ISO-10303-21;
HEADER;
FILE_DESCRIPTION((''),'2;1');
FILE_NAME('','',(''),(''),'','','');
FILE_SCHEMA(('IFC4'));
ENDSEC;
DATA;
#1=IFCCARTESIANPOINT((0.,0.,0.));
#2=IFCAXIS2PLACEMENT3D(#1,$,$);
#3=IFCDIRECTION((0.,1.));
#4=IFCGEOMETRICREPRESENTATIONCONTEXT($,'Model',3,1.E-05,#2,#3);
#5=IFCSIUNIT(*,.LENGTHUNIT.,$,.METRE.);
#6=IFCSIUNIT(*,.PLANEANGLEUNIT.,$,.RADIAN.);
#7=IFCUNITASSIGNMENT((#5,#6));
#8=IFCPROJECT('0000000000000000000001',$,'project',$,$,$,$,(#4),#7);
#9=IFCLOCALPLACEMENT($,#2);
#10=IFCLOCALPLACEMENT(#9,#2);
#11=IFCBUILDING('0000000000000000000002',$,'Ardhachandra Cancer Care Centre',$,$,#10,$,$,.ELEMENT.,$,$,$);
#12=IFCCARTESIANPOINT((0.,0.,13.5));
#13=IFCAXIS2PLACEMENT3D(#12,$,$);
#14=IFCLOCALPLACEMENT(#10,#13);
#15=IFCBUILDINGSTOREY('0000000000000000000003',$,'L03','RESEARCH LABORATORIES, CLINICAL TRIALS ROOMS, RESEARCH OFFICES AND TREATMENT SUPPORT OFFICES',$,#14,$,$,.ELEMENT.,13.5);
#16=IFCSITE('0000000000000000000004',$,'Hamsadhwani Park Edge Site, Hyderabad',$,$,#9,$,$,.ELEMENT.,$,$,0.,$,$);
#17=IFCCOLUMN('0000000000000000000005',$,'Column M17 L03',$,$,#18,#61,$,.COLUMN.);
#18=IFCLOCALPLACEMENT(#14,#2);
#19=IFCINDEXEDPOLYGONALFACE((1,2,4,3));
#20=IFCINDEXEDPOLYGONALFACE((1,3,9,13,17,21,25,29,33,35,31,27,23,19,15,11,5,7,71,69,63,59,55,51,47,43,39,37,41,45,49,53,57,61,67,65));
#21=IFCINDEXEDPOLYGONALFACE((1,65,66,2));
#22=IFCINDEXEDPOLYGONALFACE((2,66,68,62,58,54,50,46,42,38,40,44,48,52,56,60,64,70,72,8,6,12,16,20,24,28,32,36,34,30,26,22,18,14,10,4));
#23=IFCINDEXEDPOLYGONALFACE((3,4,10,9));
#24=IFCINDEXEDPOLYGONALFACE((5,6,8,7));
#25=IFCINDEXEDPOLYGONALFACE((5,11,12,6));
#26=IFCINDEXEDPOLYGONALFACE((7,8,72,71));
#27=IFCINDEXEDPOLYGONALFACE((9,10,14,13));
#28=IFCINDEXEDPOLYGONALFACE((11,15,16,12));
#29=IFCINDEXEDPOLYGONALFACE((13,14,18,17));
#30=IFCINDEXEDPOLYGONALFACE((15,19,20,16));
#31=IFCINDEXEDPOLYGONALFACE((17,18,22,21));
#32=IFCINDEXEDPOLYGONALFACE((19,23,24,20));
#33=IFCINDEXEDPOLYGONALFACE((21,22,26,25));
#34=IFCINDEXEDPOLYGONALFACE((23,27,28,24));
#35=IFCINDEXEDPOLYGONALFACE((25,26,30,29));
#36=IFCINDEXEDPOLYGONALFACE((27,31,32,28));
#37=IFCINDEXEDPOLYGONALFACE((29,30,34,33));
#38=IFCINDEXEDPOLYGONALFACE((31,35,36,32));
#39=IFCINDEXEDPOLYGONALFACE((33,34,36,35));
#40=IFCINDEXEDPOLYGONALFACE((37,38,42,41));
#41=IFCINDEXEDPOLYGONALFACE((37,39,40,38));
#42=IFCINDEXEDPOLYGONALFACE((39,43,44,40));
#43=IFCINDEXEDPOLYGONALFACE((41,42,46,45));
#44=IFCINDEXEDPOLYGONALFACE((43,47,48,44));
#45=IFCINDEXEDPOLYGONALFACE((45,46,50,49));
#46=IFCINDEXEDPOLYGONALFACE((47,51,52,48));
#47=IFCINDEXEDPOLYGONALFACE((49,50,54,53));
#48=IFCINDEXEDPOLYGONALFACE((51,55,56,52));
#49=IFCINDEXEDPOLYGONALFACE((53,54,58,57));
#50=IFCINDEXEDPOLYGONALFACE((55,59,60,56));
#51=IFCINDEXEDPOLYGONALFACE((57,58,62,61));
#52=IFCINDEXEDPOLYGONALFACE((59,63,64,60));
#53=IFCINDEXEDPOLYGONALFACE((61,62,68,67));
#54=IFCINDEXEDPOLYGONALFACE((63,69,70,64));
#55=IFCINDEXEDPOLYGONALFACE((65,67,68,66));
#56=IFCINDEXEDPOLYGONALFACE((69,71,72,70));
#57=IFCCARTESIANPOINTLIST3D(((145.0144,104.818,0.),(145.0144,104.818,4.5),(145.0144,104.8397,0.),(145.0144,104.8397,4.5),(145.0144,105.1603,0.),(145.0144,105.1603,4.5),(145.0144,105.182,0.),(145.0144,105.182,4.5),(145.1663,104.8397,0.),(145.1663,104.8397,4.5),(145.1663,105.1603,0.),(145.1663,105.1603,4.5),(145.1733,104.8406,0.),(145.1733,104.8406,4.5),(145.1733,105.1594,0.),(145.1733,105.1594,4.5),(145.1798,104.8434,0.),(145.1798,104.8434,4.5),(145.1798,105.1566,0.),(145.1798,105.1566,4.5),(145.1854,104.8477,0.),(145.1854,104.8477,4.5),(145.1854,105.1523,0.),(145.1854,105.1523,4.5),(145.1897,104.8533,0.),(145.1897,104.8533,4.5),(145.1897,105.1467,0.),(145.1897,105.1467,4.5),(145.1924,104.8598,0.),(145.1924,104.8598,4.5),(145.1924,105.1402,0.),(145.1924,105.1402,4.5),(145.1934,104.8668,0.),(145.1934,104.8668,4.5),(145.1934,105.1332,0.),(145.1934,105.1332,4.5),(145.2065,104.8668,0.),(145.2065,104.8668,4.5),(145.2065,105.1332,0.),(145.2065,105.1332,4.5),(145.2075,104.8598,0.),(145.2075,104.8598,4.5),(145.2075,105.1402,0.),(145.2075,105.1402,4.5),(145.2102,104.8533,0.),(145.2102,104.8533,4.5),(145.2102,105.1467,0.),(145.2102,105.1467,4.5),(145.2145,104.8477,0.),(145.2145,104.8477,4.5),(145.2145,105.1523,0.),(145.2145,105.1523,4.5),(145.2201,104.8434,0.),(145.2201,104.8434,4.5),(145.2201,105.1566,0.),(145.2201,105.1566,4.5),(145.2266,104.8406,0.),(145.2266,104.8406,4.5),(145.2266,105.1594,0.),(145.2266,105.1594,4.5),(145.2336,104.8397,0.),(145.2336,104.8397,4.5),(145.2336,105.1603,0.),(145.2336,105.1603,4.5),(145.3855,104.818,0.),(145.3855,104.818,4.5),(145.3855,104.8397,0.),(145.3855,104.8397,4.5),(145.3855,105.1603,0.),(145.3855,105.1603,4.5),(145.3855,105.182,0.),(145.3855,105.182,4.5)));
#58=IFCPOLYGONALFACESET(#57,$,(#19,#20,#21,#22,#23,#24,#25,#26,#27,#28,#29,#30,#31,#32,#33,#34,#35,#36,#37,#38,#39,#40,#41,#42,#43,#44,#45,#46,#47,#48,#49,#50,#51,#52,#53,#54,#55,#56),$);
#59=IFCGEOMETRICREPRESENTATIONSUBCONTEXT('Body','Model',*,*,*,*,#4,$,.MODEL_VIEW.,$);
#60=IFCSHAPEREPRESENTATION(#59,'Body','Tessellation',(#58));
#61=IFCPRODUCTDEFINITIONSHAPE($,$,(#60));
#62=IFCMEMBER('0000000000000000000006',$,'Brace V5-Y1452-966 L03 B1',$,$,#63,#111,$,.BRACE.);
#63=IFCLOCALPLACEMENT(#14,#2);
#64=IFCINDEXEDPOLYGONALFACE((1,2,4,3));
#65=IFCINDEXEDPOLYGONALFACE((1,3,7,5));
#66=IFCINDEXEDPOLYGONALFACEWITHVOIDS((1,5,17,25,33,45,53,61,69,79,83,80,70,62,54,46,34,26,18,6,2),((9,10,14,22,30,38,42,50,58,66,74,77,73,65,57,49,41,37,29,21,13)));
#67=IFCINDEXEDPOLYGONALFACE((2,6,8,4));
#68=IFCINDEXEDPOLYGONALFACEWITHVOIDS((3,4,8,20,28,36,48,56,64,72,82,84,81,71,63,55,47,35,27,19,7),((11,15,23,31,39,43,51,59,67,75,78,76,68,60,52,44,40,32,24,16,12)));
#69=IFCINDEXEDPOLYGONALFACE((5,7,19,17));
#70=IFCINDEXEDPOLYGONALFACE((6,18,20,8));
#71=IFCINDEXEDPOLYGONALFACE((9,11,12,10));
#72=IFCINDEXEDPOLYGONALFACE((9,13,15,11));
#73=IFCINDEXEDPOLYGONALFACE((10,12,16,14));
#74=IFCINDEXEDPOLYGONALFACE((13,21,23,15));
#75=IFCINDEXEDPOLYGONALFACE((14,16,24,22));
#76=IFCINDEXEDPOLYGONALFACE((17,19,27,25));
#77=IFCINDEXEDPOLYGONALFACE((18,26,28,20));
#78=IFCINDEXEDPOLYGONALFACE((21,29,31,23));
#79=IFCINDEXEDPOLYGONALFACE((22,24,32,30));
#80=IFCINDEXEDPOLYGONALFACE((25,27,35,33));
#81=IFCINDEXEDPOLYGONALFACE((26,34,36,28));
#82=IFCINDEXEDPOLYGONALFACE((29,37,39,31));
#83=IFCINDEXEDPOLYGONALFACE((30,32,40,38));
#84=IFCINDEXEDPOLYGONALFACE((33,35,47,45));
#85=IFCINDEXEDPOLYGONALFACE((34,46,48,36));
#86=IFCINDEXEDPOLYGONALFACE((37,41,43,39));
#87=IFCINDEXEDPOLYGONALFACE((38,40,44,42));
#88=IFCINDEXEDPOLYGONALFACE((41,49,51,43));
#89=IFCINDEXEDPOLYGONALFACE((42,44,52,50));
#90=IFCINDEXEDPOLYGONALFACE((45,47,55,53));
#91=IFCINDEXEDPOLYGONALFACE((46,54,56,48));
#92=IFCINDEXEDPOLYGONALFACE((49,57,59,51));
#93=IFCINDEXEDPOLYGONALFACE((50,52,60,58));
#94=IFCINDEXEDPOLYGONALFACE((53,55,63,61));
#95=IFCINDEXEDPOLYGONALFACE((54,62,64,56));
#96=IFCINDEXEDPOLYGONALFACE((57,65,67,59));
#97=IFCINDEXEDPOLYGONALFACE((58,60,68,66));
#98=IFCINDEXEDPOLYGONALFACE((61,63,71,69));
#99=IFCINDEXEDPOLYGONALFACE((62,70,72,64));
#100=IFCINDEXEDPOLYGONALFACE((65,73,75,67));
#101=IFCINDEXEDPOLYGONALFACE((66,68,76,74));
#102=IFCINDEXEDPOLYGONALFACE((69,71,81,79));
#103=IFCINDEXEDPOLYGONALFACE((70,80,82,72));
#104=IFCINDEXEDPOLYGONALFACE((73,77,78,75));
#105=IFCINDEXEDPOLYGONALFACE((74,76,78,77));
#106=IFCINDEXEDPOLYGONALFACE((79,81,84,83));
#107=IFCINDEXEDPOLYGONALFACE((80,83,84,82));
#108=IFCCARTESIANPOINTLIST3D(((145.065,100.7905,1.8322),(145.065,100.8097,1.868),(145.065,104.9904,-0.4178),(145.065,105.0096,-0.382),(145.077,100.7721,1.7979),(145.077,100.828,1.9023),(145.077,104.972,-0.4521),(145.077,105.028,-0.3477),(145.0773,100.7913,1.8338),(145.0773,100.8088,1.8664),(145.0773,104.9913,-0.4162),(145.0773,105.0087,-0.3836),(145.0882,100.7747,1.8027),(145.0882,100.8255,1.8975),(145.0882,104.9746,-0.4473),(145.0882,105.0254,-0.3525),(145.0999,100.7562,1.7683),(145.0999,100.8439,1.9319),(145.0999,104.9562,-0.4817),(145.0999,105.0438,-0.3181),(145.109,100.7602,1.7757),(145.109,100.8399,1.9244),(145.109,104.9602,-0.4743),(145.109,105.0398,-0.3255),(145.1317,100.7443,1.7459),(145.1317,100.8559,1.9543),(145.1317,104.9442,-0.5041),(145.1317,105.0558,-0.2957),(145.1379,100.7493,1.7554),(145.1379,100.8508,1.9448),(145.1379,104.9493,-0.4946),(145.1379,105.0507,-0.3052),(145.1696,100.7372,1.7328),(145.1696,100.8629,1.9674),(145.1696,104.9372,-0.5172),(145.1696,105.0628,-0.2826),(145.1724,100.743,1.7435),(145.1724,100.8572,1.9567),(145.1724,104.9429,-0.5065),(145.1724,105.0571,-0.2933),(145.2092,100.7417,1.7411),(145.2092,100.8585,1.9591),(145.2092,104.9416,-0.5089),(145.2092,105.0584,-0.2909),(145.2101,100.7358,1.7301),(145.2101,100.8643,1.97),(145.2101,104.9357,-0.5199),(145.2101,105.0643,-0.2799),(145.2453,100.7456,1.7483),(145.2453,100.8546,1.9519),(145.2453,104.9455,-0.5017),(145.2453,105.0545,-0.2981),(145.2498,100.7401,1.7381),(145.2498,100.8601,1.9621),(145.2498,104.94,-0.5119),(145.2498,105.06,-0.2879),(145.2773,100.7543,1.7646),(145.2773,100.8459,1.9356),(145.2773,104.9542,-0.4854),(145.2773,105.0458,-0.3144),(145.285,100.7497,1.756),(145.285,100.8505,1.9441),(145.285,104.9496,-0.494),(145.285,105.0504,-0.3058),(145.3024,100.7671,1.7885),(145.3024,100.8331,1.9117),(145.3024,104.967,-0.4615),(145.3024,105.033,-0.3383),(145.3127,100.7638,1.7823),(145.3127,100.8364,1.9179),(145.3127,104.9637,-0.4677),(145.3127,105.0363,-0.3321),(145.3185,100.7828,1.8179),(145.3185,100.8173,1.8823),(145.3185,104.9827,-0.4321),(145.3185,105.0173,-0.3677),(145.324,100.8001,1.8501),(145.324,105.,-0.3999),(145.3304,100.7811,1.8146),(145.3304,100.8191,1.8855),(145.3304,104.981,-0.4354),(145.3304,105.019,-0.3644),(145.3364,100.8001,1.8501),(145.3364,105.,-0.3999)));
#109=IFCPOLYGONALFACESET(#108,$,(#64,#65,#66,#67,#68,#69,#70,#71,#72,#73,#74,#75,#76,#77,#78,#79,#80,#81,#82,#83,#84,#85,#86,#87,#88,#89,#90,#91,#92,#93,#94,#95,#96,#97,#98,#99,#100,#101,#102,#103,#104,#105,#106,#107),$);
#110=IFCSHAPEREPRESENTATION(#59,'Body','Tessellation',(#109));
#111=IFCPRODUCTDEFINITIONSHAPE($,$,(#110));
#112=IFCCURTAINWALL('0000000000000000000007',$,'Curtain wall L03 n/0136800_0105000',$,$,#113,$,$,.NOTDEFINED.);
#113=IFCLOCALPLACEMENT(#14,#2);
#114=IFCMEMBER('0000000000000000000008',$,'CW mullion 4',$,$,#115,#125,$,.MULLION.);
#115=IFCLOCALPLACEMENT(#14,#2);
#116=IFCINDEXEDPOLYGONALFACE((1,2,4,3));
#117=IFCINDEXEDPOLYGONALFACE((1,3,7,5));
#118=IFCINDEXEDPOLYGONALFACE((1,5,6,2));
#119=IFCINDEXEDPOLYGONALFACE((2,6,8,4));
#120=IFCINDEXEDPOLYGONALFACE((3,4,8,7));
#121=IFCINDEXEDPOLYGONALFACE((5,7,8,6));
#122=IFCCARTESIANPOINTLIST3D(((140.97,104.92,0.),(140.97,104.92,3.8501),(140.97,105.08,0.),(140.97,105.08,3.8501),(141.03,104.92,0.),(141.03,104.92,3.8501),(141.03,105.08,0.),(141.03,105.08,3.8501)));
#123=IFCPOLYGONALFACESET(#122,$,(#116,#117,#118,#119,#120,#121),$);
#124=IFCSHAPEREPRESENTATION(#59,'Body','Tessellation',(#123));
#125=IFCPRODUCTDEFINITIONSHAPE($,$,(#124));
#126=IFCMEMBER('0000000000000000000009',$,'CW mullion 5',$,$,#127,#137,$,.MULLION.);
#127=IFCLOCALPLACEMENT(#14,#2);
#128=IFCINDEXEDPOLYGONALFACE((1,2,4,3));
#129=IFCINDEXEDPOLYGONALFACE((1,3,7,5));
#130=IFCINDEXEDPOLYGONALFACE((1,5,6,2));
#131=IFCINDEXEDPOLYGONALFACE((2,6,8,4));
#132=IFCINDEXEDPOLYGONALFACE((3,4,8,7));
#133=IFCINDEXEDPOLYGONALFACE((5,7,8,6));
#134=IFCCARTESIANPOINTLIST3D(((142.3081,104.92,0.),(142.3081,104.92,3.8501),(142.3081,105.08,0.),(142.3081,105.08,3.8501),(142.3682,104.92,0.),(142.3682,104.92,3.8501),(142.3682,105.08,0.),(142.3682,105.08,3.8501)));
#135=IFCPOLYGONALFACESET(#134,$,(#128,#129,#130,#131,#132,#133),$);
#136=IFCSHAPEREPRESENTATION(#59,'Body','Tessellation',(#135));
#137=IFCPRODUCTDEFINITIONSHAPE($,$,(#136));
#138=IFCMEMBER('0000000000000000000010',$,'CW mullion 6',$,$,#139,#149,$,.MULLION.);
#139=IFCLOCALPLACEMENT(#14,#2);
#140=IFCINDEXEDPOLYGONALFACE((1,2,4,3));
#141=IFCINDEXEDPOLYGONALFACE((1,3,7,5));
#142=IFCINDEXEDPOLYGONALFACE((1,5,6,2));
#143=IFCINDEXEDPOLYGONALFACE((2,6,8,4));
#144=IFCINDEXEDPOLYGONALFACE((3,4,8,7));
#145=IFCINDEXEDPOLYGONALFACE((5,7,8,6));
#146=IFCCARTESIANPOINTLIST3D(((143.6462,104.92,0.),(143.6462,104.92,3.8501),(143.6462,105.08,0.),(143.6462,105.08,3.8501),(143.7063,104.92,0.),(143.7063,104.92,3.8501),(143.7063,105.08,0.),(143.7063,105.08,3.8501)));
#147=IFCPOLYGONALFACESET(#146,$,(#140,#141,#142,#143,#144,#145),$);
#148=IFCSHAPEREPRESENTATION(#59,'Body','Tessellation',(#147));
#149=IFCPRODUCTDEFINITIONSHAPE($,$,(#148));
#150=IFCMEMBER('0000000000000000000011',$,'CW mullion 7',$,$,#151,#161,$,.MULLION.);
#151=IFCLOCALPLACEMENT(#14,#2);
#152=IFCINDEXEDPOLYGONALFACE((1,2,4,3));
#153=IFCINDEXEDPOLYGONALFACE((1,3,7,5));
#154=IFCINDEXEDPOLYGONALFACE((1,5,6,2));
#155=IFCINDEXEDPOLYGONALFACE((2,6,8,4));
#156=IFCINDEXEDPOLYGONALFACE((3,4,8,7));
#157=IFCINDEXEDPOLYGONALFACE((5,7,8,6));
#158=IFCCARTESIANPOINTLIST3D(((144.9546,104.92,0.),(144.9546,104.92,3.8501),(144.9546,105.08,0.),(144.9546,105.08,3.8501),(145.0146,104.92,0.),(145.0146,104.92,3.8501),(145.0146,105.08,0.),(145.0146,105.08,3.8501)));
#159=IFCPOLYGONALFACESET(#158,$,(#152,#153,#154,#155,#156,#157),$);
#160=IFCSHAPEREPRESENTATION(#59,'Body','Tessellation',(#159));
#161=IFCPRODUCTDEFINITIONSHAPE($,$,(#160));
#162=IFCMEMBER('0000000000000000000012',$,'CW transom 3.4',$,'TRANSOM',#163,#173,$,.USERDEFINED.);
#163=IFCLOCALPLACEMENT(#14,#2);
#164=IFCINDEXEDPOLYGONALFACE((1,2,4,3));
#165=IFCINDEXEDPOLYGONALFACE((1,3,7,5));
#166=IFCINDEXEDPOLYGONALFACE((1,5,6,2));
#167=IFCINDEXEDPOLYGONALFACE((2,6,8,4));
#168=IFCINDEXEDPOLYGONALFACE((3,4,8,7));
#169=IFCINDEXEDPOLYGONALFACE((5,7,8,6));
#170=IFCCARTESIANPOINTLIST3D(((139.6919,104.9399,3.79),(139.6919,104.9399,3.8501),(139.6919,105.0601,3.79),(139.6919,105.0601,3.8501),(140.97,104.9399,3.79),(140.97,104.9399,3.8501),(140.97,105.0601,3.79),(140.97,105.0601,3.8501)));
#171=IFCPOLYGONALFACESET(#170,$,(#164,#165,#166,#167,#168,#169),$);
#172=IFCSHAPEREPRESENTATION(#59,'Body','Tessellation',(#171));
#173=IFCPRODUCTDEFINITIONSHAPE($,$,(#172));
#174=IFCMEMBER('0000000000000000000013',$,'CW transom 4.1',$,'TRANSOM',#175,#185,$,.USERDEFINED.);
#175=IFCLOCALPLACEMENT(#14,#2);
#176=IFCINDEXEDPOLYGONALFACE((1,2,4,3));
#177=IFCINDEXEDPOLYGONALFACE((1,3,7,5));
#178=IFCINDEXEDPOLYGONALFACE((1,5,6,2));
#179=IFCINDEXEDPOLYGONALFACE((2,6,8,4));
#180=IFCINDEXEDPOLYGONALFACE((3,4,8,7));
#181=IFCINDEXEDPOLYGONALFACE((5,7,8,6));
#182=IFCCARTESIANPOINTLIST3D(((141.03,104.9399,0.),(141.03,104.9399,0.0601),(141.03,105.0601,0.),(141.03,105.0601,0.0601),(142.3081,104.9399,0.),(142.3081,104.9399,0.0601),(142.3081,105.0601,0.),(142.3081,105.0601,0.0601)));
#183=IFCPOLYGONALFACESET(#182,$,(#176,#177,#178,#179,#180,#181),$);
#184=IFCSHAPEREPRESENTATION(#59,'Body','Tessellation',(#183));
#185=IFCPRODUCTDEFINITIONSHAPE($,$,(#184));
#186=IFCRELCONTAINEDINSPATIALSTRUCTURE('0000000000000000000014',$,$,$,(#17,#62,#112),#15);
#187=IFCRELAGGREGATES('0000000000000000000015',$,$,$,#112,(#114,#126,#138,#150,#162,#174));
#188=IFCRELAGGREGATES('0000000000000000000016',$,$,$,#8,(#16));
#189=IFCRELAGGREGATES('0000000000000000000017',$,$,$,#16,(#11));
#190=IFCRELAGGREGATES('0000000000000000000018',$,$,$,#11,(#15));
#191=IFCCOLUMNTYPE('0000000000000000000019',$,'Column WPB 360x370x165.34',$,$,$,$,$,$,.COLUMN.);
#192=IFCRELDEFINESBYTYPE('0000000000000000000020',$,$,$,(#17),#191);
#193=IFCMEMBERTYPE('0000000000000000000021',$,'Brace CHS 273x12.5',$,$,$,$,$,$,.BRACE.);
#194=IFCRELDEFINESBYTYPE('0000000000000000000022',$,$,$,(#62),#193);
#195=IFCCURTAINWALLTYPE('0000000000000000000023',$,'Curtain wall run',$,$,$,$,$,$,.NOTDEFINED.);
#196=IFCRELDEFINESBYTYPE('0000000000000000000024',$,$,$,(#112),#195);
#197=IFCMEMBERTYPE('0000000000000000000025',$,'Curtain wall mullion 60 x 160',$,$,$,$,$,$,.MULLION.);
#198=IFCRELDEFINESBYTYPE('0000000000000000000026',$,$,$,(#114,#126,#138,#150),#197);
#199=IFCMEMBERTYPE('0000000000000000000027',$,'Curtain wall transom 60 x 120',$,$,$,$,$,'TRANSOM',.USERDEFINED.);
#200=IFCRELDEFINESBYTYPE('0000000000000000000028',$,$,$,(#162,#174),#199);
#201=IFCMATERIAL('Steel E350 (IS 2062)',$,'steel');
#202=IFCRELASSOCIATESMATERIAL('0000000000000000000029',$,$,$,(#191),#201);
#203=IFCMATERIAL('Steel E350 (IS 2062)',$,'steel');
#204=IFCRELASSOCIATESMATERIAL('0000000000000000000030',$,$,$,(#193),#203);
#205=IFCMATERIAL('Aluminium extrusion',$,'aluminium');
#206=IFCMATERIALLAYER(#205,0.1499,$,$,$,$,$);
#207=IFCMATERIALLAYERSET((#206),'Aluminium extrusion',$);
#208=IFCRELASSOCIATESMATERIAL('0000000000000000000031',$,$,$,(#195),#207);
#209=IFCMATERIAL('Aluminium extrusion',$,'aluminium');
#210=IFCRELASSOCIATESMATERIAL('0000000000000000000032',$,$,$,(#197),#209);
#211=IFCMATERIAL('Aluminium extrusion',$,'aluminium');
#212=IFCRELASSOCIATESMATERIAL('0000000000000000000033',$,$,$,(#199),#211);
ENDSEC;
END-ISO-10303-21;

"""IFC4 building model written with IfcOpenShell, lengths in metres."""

from ifc_helpers import new_model, si_unit, direction, frame, origin, origin_2d, place, context, subcontext, project, spatial, rectangle, hollow_circle, i_section, extrude, material, layer, layer_set, material_profile, profile_set, type_object, element, aggregate, save


model = new_model("IFC4")

# Units and contexts
model_context = context("Model", 3, precision=1e-05, world=origin(), true_north=direction((0.0, 1.0)))
body_context = subcontext(model_context, "Body", "Model", "MODEL_VIEW")
ifc_project = project(units=[si_unit("LENGTHUNIT", "METRE"), si_unit("PLANEANGLEUNIT", "RADIAN")], contexts=[model_context])

# Site, building, storey
site_placement = place(None, origin())
site = spatial("IfcSite", under=ifc_project, at=site_placement, Name="Hamsadhwani Park Edge Site, Hyderabad", CompositionType="ELEMENT", RefElevation=0.0)
building_placement = place(site_placement, origin())
building = spatial("IfcBuilding", under=site, at=building_placement, Name="Ardhachandra Cancer Care Centre", CompositionType="ELEMENT")
storey_placement = place(building_placement, frame((0.0, 0.0, 13.5)))
storey = spatial("IfcBuildingStorey", under=building, at=storey_placement, Name="L03", Description="RESEARCH LABORATORIES, CLINICAL TRIALS ROOMS, RESEARCH OFFICES AND TREATMENT SUPPORT OFFICES", CompositionType="ELEMENT", Elevation=13.5)

# Column
ifc_material_1 = material(Name="Steel E350 (IS 2062)", Category="steel")
ifc_material_profile_1 = material_profile(ifc_material_1, i_section(OverallWidth=0.3711, OverallDepth=0.364, WebThickness=0.0132, FlangeThickness=0.0217, FilletRadius=0.0271, at=origin_2d()), Name="WPB 360x370x165.34")
ifc_profile_set_1 = profile_set([ifc_material_profile_1], Name="Steel E350 (IS 2062)")
column_type = type_object("IfcColumnType", Name="Column WPB 360x370x165.34", PredefinedType="COLUMN", material=ifc_profile_set_1)
column_placement = place(storey_placement, frame((145.2, 105.0, 0.0), z_axis=(0.0, 0.0, 1.0), x_axis=(1.0, 0.0, 0.0)))
element("IfcColumn", 1, at=column_placement, inside=storey, type_object=column_type, Name="Column M17 L03", PredefinedType="COLUMN", context=body_context, shape_type="SweptSolid", body=[
    extrude(i_section(OverallWidth=0.3711, OverallDepth=0.364, WebThickness=0.0132, FlangeThickness=0.0217, FilletRadius=0.0271, at=origin_2d()), origin(), (0.0, 0.0, 1.0), 4.5),
])

# Member
ifc_material_2 = material(Name="Steel E350 (IS 2062)", Category="steel")
ifc_material_profile_2 = material_profile(ifc_material_2, hollow_circle(Radius=0.1365, WallThickness=0.0125, at=origin_2d()), Name="CHS 273x12.5")
ifc_profile_set_2 = profile_set([ifc_material_profile_2], Name="Steel E350 (IS 2062)")
member_type_1 = type_object("IfcMemberType", Name="Brace CHS 273x12.5", PredefinedType="BRACE", material=ifc_profile_set_2)
member_1_placement = place(storey_placement, frame((145.2, 105.0, -0.3999), z_axis=(0.0, -0.881478, 0.472226), x_axis=(1.0, 0.0, 0.0)))
element("IfcMember", 2, at=member_1_placement, inside=storey, type_object=member_type_1, Name="Brace V5-Y1452-966 L03 B1", PredefinedType="BRACE", context=body_context, shape_type="SweptSolid", body=[
    extrude(hollow_circle(Radius=0.1365, WallThickness=0.0125, at=origin_2d()), origin(), (0.0, 0.0, 1.0), 4.7646),
])

# Curtain wall, members
ifc_material_3 = material(Name="Aluminium extrusion", Category="aluminium")
ifc_layer_1 = layer(ifc_material_3, 0.1499)
ifc_layer_set_1 = layer_set([ifc_layer_1], Name="Aluminium extrusion")
curtain_wall_type = type_object("IfcCurtainWallType", Name="Curtain wall run", PredefinedType="NOTDEFINED", material=ifc_layer_set_1)
curtain_wall_placement = place(storey_placement, origin())
curtain_wall = element("IfcCurtainWall", 3, at=curtain_wall_placement, inside=storey, type_object=curtain_wall_type, Name="Curtain wall L03 n/0136800_0105000", PredefinedType="NOTDEFINED")
ifc_material_4 = material(Name="Aluminium extrusion", Category="aluminium")
ifc_material_profile_3 = material_profile(ifc_material_4, rectangle(XDim=0.1599, YDim=0.0601, at=origin_2d()), Name="Curtain wall mullion 60 x 160")
ifc_profile_set_3 = profile_set([ifc_material_profile_3], Name="Aluminium extrusion")
member_type_2 = type_object("IfcMemberType", Name="Curtain wall mullion 60 x 160", PredefinedType="MULLION", material=ifc_profile_set_3)
member_2_placement = place(storey_placement, frame((141.0, 105.0, 0.0), z_axis=(0.0, 0.0, 1.0), x_axis=(0.0, 1.0, 0.0)))
member_2 = element("IfcMember", 4, at=member_2_placement, type_object=member_type_2, Name="CW mullion 4", PredefinedType="MULLION", context=body_context, shape_type="SweptSolid", body=[
    extrude(rectangle(XDim=0.1599, YDim=0.0601, at=origin_2d()), origin(), (0.0, 0.0, 1.0), 3.8501),
])
member_3_placement = place(storey_placement, frame((142.3381, 105.0, 0.0), z_axis=(0.0, 0.0, 1.0), x_axis=(0.0, 1.0, 0.0)))
member_3 = element("IfcMember", 5, at=member_3_placement, type_object=member_type_2, Name="CW mullion 5", PredefinedType="MULLION", context=body_context, shape_type="SweptSolid", body=[
    extrude(rectangle(XDim=0.1599, YDim=0.0601, at=origin_2d()), origin(), (0.0, 0.0, 1.0), 3.8501),
])
member_4_placement = place(storey_placement, frame((143.6763, 105.0, 0.0), z_axis=(0.0, 0.0, 1.0), x_axis=(0.0, 1.0, 0.0)))
member_4 = element("IfcMember", 6, at=member_4_placement, type_object=member_type_2, Name="CW mullion 6", PredefinedType="MULLION", context=body_context, shape_type="SweptSolid", body=[
    extrude(rectangle(XDim=0.1599, YDim=0.0601, at=origin_2d()), origin(), (0.0, 0.0, 1.0), 3.8501),
])
member_5_placement = place(storey_placement, frame((144.9846, 105.0, 0.0), z_axis=(0.0, 0.0, 1.0), x_axis=(0.0, 1.0, 0.0)))
member_5 = element("IfcMember", 7, at=member_5_placement, type_object=member_type_2, Name="CW mullion 7", PredefinedType="MULLION", context=body_context, shape_type="SweptSolid", body=[
    extrude(rectangle(XDim=0.1599, YDim=0.0601, at=origin_2d()), origin(), (0.0, 0.0, 1.0), 3.8501),
])
ifc_material_5 = material(Name="Aluminium extrusion", Category="aluminium")
ifc_material_profile_4 = material_profile(ifc_material_5, rectangle(XDim=0.1201, YDim=0.0601, at=origin_2d()), Name="Curtain wall transom 60 x 120")
ifc_profile_set_4 = profile_set([ifc_material_profile_4], Name="Aluminium extrusion")
member_type_3 = type_object("IfcMemberType", Name="Curtain wall transom 60 x 120", ElementType="TRANSOM", PredefinedType="USERDEFINED", material=ifc_profile_set_4)
member_6_placement = place(storey_placement, frame((139.6919, 105.0, 3.8201), z_axis=(1.0, 0.0, 0.0), x_axis=(0.0, 1.0, 0.0)))
member_6 = element("IfcMember", 8, at=member_6_placement, type_object=member_type_3, Name="CW transom 3.4", ObjectType="TRANSOM", PredefinedType="USERDEFINED", context=body_context, shape_type="SweptSolid", body=[
    extrude(rectangle(XDim=0.1201, YDim=0.0601, at=origin_2d()), origin(), (0.0, 0.0, 1.0), 1.2781),
])
member_7_placement = place(storey_placement, frame((141.03, 105.0, 0.03), z_axis=(1.0, 0.0, 0.0), x_axis=(0.0, 1.0, 0.0)))
member_7 = element("IfcMember", 9, at=member_7_placement, type_object=member_type_3, Name="CW transom 4.1", ObjectType="TRANSOM", PredefinedType="USERDEFINED", context=body_context, shape_type="SweptSolid", body=[
    extrude(rectangle(XDim=0.1201, YDim=0.0601, at=origin_2d()), origin(), (0.0, 0.0, 1.0), 1.2781),
])
aggregate(curtain_wall, [member_2, member_3, member_4, member_5, member_6, member_7])

save(model, "model.ifc")
